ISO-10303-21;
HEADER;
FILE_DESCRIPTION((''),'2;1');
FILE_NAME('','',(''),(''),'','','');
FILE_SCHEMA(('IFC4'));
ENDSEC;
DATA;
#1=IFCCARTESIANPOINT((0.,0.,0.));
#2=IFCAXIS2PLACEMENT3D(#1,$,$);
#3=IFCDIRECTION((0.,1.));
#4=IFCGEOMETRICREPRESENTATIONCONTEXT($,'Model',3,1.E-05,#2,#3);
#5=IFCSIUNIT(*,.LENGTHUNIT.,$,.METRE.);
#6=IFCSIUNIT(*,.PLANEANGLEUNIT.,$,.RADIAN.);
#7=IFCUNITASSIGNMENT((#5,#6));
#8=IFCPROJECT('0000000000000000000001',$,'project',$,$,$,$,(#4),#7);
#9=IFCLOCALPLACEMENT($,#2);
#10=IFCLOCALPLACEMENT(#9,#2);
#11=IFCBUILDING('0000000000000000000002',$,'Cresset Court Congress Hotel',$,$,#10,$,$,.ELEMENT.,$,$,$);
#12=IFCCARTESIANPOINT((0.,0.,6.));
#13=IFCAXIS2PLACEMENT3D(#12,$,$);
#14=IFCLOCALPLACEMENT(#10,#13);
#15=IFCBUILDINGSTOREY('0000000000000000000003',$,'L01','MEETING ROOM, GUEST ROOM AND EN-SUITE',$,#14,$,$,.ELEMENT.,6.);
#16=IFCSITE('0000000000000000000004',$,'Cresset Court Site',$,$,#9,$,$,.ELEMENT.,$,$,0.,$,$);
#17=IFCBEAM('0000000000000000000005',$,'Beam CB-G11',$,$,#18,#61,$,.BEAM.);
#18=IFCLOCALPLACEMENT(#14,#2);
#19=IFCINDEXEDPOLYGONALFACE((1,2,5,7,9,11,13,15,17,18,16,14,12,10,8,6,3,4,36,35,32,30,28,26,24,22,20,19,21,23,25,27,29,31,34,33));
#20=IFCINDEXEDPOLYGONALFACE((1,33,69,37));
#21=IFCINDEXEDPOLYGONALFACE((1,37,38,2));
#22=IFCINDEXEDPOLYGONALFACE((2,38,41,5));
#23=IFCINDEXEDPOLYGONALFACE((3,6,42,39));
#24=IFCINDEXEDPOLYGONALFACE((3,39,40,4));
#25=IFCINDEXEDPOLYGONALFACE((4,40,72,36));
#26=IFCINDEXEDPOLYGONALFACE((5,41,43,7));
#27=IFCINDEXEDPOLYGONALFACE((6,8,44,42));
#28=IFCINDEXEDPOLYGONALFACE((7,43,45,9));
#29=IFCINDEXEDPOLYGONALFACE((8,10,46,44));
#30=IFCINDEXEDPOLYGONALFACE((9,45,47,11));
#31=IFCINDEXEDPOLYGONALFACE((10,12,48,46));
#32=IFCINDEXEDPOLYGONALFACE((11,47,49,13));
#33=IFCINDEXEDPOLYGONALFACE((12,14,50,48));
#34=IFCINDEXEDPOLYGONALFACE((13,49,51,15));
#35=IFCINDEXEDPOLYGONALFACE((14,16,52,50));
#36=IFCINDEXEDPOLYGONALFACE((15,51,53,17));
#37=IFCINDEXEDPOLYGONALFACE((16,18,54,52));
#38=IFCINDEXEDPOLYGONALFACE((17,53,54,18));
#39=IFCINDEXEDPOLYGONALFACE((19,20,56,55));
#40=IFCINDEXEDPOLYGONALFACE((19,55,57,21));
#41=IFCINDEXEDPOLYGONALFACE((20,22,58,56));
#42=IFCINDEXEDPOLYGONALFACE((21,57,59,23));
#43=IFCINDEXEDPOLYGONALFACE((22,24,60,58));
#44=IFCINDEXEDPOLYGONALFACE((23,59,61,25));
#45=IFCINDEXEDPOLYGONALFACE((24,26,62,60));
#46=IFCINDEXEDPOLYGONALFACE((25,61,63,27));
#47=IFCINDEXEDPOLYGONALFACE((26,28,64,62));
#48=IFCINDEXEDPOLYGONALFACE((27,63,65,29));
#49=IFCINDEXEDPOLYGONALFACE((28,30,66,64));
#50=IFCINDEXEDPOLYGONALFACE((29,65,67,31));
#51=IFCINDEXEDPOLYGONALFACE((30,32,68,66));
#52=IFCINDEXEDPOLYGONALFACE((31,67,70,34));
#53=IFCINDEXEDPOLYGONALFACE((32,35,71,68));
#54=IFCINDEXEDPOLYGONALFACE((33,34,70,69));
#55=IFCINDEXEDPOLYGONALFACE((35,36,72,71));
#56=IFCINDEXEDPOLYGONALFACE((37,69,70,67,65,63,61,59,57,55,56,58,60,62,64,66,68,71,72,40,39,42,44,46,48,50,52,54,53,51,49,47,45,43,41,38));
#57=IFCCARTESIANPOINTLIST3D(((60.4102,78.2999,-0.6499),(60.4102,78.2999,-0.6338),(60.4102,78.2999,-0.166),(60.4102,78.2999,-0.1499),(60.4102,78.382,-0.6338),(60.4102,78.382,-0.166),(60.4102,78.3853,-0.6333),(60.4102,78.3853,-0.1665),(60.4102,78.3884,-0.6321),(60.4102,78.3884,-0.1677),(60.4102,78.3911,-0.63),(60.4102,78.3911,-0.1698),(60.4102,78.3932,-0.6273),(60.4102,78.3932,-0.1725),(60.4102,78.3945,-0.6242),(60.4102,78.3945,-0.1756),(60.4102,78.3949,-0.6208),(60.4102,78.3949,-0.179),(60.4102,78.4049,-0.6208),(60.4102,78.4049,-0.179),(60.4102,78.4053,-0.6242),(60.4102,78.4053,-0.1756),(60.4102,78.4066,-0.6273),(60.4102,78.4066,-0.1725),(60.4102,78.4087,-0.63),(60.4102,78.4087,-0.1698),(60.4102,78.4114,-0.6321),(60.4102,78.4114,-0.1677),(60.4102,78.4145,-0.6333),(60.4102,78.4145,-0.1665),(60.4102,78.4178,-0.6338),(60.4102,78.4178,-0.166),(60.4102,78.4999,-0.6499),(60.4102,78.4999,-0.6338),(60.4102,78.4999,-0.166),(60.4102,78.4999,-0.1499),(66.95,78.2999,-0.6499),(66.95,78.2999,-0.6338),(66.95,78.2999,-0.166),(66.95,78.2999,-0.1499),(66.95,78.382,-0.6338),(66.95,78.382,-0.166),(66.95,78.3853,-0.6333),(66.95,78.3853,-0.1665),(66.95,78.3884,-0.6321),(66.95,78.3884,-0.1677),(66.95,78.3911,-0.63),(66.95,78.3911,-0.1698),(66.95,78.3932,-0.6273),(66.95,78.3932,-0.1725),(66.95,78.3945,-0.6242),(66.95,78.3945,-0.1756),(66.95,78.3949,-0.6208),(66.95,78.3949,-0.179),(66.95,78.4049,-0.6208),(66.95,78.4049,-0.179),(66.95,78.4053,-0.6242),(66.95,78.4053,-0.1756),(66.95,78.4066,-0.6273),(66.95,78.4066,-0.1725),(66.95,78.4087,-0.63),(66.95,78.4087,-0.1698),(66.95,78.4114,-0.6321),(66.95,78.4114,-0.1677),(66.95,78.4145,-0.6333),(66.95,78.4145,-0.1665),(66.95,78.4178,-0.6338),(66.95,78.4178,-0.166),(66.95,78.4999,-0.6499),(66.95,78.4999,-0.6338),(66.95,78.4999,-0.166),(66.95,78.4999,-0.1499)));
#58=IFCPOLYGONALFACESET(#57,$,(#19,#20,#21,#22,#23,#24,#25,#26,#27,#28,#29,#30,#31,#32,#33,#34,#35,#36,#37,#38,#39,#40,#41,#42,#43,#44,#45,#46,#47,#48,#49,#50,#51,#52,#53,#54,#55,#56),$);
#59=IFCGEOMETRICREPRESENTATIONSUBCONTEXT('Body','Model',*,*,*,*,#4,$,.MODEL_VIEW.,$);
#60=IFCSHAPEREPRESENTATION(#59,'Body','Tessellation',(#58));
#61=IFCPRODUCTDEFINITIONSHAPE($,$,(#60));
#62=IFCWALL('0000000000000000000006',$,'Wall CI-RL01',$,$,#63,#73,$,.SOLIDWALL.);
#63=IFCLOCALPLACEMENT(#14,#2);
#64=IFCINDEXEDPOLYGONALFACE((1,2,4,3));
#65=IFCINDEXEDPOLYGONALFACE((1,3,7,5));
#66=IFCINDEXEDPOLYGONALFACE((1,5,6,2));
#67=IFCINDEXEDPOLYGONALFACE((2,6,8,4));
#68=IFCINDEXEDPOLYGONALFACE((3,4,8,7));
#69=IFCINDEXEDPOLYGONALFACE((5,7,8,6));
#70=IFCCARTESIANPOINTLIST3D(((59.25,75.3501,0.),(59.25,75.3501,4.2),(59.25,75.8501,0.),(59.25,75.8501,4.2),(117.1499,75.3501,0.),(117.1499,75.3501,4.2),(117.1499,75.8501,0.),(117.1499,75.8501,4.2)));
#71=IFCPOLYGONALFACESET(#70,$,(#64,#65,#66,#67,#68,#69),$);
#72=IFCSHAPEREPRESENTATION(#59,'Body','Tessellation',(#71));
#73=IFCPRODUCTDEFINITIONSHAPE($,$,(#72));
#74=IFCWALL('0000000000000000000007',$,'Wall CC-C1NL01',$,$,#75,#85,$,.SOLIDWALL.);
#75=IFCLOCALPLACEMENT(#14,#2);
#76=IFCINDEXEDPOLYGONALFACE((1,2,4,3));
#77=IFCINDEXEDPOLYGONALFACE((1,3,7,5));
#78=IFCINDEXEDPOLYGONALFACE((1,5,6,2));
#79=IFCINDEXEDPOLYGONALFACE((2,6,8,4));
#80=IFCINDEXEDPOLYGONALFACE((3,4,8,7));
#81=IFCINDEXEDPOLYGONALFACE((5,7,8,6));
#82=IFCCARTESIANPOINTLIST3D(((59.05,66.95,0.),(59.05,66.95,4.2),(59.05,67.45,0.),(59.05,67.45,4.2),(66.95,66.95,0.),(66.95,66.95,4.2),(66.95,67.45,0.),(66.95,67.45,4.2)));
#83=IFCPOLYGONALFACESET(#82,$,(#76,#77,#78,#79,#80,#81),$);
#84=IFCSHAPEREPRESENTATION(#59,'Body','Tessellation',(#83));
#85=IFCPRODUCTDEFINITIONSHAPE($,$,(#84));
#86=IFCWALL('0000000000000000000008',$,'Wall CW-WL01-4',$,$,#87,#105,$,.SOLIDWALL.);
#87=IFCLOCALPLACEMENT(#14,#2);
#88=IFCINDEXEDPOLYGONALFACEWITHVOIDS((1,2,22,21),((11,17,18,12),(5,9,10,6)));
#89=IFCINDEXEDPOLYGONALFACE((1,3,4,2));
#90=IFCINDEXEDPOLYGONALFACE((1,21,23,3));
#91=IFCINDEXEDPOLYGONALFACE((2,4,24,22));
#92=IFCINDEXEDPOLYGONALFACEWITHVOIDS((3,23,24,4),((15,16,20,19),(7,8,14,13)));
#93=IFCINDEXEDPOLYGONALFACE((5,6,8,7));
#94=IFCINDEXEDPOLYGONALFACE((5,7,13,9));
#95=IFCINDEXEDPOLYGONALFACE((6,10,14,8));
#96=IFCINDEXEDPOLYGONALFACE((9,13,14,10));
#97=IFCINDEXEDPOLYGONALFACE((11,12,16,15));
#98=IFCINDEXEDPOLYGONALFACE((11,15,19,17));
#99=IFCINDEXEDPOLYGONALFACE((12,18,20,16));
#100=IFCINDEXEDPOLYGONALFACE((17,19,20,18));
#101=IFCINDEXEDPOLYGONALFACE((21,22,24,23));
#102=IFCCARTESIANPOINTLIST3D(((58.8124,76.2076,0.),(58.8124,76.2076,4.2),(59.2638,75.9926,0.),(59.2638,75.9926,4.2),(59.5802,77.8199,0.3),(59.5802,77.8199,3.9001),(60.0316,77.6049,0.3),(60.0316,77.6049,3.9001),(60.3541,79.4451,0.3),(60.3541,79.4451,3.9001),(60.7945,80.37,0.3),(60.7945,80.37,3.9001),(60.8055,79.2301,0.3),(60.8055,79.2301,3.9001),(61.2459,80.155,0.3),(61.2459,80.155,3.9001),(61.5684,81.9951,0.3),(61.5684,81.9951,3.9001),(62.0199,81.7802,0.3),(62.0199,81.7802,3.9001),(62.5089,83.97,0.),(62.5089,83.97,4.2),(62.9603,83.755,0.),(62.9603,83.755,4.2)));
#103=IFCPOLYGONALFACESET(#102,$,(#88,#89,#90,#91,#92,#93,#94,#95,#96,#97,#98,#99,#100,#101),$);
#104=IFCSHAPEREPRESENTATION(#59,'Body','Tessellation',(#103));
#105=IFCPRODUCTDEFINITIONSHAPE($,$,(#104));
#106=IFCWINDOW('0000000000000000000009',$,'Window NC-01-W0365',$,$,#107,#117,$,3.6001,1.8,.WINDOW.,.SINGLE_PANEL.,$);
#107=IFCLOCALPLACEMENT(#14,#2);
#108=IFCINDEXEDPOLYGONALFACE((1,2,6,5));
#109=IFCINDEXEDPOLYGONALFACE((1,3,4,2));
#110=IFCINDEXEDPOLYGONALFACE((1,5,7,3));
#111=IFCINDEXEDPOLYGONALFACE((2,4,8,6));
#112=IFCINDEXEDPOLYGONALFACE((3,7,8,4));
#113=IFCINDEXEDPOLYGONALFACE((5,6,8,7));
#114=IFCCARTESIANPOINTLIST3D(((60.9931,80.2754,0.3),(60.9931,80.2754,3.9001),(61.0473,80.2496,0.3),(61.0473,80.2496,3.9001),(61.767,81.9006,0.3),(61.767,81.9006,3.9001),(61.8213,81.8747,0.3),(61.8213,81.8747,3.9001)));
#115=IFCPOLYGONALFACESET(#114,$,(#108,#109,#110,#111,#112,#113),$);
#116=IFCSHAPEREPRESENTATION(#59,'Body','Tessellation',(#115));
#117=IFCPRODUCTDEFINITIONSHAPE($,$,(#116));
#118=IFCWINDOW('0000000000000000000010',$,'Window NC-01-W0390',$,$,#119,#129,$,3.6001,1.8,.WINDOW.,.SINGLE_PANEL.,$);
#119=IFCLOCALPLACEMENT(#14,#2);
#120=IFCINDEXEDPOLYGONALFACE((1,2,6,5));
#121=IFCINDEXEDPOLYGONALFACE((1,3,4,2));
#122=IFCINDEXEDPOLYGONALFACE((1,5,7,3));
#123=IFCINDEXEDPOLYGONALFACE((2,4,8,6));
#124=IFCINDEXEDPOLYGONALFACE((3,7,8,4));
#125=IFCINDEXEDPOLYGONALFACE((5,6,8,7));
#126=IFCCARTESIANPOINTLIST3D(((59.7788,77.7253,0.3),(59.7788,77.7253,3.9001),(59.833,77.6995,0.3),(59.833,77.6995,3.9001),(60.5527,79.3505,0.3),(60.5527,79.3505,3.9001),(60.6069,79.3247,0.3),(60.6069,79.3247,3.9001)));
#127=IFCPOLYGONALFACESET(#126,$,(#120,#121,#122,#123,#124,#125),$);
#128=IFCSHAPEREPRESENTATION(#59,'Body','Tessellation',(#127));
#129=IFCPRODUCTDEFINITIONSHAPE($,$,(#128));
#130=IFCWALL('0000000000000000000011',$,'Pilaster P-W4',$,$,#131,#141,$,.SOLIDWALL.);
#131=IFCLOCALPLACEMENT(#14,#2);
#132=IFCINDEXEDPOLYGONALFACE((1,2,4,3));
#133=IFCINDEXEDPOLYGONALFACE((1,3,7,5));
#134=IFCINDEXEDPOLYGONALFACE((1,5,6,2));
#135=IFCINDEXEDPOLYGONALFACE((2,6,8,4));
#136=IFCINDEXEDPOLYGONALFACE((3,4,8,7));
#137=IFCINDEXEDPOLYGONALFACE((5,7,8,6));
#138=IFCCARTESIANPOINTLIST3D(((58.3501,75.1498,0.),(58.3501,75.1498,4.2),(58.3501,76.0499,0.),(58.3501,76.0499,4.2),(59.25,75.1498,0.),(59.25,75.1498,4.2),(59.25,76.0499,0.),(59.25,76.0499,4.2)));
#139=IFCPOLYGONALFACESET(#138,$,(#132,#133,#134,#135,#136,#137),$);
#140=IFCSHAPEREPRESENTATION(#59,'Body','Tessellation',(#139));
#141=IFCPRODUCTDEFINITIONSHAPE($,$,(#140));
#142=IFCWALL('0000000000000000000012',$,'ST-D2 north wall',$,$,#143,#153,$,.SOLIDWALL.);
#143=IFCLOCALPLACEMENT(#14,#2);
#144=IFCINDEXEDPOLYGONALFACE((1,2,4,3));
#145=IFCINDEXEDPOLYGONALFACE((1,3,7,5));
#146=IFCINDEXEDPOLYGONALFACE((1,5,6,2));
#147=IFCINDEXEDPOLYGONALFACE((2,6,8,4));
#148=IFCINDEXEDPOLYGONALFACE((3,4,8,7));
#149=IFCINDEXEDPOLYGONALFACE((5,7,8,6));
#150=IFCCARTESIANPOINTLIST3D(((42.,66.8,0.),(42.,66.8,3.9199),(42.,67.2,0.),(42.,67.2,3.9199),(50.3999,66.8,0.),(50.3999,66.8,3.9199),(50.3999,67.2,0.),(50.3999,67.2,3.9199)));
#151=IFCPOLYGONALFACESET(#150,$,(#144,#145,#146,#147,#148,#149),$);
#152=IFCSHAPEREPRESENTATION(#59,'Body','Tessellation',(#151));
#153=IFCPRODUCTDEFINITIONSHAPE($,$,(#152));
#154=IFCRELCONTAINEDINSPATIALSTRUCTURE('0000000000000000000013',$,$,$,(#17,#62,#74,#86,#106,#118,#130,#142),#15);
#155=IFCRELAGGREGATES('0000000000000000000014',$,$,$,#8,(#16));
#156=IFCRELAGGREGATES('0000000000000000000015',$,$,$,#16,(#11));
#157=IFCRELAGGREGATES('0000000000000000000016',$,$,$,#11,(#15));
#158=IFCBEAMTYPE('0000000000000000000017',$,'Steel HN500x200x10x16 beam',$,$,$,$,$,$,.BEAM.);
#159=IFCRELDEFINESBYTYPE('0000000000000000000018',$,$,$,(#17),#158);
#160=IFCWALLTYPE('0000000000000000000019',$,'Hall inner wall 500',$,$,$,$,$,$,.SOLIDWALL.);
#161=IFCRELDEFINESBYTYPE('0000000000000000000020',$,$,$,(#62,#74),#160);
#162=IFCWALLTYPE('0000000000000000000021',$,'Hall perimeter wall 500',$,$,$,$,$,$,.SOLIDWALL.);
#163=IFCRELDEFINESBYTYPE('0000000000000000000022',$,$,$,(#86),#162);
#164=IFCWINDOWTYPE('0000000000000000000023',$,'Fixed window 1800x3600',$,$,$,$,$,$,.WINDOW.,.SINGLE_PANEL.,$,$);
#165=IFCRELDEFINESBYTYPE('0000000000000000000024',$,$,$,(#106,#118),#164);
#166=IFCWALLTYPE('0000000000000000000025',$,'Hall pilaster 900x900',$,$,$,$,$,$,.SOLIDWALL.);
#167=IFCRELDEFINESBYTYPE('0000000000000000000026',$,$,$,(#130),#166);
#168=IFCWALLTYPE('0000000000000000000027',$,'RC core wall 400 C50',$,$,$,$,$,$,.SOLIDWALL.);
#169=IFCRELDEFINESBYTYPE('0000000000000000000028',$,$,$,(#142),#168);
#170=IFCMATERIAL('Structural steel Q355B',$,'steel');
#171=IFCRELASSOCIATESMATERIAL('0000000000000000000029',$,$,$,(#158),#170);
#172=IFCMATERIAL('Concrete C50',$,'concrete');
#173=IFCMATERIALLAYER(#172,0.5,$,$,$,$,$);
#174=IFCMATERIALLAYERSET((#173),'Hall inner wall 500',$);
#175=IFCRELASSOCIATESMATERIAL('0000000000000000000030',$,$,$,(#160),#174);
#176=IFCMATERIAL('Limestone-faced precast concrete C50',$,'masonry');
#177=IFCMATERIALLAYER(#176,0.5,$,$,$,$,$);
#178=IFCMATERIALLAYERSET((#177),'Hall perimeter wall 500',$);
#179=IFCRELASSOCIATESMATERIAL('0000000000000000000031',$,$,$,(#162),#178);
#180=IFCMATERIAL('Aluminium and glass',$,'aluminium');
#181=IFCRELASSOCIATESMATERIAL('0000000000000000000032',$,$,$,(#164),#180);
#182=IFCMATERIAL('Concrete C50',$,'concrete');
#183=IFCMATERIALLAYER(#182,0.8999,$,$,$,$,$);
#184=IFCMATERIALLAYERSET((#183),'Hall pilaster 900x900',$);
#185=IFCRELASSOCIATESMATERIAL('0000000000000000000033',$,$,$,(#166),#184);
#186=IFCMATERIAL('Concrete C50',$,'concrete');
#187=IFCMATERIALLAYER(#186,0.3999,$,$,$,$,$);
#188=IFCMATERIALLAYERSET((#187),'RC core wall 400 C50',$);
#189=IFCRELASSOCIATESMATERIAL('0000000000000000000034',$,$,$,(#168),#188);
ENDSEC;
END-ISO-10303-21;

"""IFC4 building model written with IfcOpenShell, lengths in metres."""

from ifc_helpers import new_model, si_unit, direction, frame, frame_2d, origin, origin_2d, place, context, subcontext, project, spatial, rectangle, i_section, extrude, material, layer, layer_set, material_profile, profile_set, type_object, element, fill, save


model = new_model("IFC4")

# Units and contexts
model_context = context("Model", 3, precision=1e-05, world=origin(), true_north=direction((0.0, 1.0)))
body_context = subcontext(model_context, "Body", "Model", "MODEL_VIEW")
ifc_project = project(units=[si_unit("LENGTHUNIT", "METRE"), si_unit("PLANEANGLEUNIT", "RADIAN")], contexts=[model_context])

# Site, building, storey
site_placement = place(None, origin())
site = spatial("IfcSite", under=ifc_project, at=site_placement, Name="Cresset Court Site", CompositionType="ELEMENT", RefElevation=0.0)
building_placement = place(site_placement, origin())
building = spatial("IfcBuilding", under=site, at=building_placement, Name="Cresset Court Congress Hotel", CompositionType="ELEMENT")
storey_placement = place(building_placement, frame((0.0, 0.0, 6.0)))
storey = spatial("IfcBuildingStorey", under=building, at=storey_placement, Name="L01", Description="MEETING ROOM, GUEST ROOM AND EN-SUITE", CompositionType="ELEMENT", Elevation=6.0)

# Beam
ifc_material_1 = material(Name="Structural steel Q355B", Category="steel")
ifc_material_profile = material_profile(ifc_material_1, i_section(OverallWidth=0.2, OverallDepth=0.5, WebThickness=0.01, FlangeThickness=0.0161, FilletRadius=0.0129, at=origin_2d()), Name="HN500x200x10x16")
ifc_profile_set = profile_set([ifc_material_profile], Name="Structural steel Q355B")
beam_type = type_object("IfcBeamType", Name="Steel HN500x200x10x16 beam", PredefinedType="BEAM", material=ifc_profile_set)
beam_placement = place(storey_placement, frame((60.4102, 78.3999, -0.3999), z_axis=(1.0, 0.0, 0.0), x_axis=(0.0, 1.0, 0.0)))
element("IfcBeam", 1, at=beam_placement, inside=storey, type_object=beam_type, Name="Beam CB-G11", PredefinedType="BEAM", context=body_context, shape_type="SweptSolid", body=[
    extrude(i_section(OverallWidth=0.2, OverallDepth=0.5, WebThickness=0.01, FlangeThickness=0.0161, FilletRadius=0.0129, at=origin_2d()), origin(), (0.0, 0.0, 1.0), 6.5398),
])

# Walls
ifc_material_2 = material(Name="Concrete C50", Category="concrete")
ifc_layer_1 = layer(ifc_material_2, 0.5)
ifc_layer_set_1 = layer_set([ifc_layer_1], Name="Hall inner wall 500")
wall_type_1 = type_object("IfcWallType", Name="Hall inner wall 500", PredefinedType="SOLIDWALL", material=ifc_layer_set_1)
wall_1_placement = place(storey_placement, frame((59.25, 75.6001, 0.0), z_axis=(0.0, 0.0, 1.0), x_axis=(1.0, 0.0, 0.0)))
element("IfcWall", 2, at=wall_1_placement, inside=storey, type_object=wall_type_1, Name="Wall CI-RL01", PredefinedType="SOLIDWALL", context=body_context, shape_type="SweptSolid", body=[
    extrude(rectangle(XDim=57.8999, YDim=0.5, at=frame_2d((28.95, 0.0))), origin(), (0.0, 0.0, 1.0), 4.2),
])
wall_2_placement = place(storey_placement, frame((59.05, 67.2, 0.0), z_axis=(0.0, 0.0, 1.0), x_axis=(1.0, 0.0, 0.0)))
element("IfcWall", 3, at=wall_2_placement, inside=storey, type_object=wall_type_1, Name="Wall CC-C1NL01", PredefinedType="SOLIDWALL", context=body_context, shape_type="SweptSolid", body=[
    extrude(rectangle(XDim=7.8999, YDim=0.5, at=frame_2d((3.95, 0.0))), origin(), (0.0, 0.0, 1.0), 4.2),
])

# Wall, openings, windows
ifc_material_3 = material(Name="Limestone-faced precast concrete C50", Category="masonry")
ifc_layer_2 = layer(ifc_material_3, 0.5)
ifc_layer_set_2 = layer_set([ifc_layer_2], Name="Hall perimeter wall 500")
wall_type_2 = type_object("IfcWallType", Name="Hall perimeter wall 500", PredefinedType="SOLIDWALL", material=ifc_layer_set_2)
wall_3_placement = place(storey_placement, frame((59.0381, 76.1001, 0.0), z_axis=(0.0, 0.0, 1.0), x_axis=(0.429946, 0.902855, 0.0)))
wall_3 = element("IfcWall", 4, at=wall_3_placement, inside=storey, type_object=wall_type_2, Name="Wall CW-WL01-4", PredefinedType="SOLIDWALL", context=body_context, shape_type="SweptSolid", body=[
    extrude(rectangle(XDim=8.5977, YDim=0.5, at=frame_2d((4.2988, 0.0))), origin(), (0.0, 0.0, 1.0), 4.2),
])
opening_1_placement = place(wall_3_placement, frame((4.6104, 0.0, 0.3)))
opening_1 = element("IfcOpeningElement", 5, at=opening_1_placement, cuts=wall_3, PredefinedType="OPENING", context=body_context, shape_type="SweptSolid", body=[
    extrude(rectangle(XDim=1.8, YDim=3.6001, at=frame_2d((0.8999, 1.8))), frame((0.0, 0.26, 0.0), z_axis=(0.0, -1.0, 0.0), x_axis=(1.0, 0.0, 0.0)), (0.0, 0.0, 1.0), 0.52),
])
opening_2_placement = place(wall_3_placement, frame((1.7859, 0.0, 0.3)))
opening_2 = element("IfcOpeningElement", 6, at=opening_2_placement, cuts=wall_3, PredefinedType="OPENING", context=body_context, shape_type="SweptSolid", body=[
    extrude(rectangle(XDim=1.8, YDim=3.6001, at=frame_2d((0.8999, 1.8))), frame((0.0, 0.26, 0.0), z_axis=(0.0, -1.0, 0.0), x_axis=(1.0, 0.0, 0.0)), (0.0, 0.0, 1.0), 0.52),
])
ifc_material_4 = material(Name="Aluminium and glass", Category="aluminium")
window_type = type_object("IfcWindowType", Name="Fixed window 1800x3600", PartitioningType="SINGLE_PANEL", PredefinedType="WINDOW", material=ifc_material_4)
window_1_placement = place(opening_1_placement, origin())
window_1 = element("IfcWindow", 7, at=window_1_placement, inside=storey, type_object=window_type, Name="Window NC-01-W0365", OverallHeight=3.6001, OverallWidth=1.8, PartitioningType="SINGLE_PANEL", PredefinedType="WINDOW", context=body_context, shape_type="SweptSolid", body=[
    extrude(rectangle(XDim=1.8, YDim=3.6001, at=frame_2d((0.8999, 1.8))), frame((0.0, 0.03, 0.0), z_axis=(0.0, -1.0, 0.0), x_axis=(1.0, 0.0, 0.0)), (0.0, 0.0, 1.0), 0.0601),
])
fill(opening_1, window_1)
window_2_placement = place(opening_2_placement, origin())
window_2 = element("IfcWindow", 8, at=window_2_placement, inside=storey, type_object=window_type, Name="Window NC-01-W0390", OverallHeight=3.6001, OverallWidth=1.8, PartitioningType="SINGLE_PANEL", PredefinedType="WINDOW", context=body_context, shape_type="SweptSolid", body=[
    extrude(rectangle(XDim=1.8, YDim=3.6001, at=frame_2d((0.8999, 1.8))), frame((0.0, 0.03, 0.0), z_axis=(0.0, -1.0, 0.0), x_axis=(1.0, 0.0, 0.0)), (0.0, 0.0, 1.0), 0.0601),
])
fill(opening_2, window_2)

# Walls
ifc_material_5 = material(Name="Concrete C50", Category="concrete")
ifc_layer_3 = layer(ifc_material_5, 0.8999)
ifc_layer_set_3 = layer_set([ifc_layer_3], Name="Hall pilaster 900x900")
wall_type_3 = type_object("IfcWallType", Name="Hall pilaster 900x900", PredefinedType="SOLIDWALL", material=ifc_layer_set_3)
wall_4_placement = place(storey_placement, frame((58.8, 76.05, 0.0), z_axis=(0.0, 0.0, 1.0), x_axis=(0.0, -1.0, 0.0)))
element("IfcWall", 9, at=wall_4_placement, inside=storey, type_object=wall_type_3, Name="Pilaster P-W4", PredefinedType="SOLIDWALL", context=body_context, shape_type="SweptSolid", body=[
    extrude(rectangle(XDim=0.9001, YDim=0.8999, at=frame_2d((0.4502, 0.0))), origin(), (0.0, 0.0, 1.0), 4.2),
])
ifc_material_6 = material(Name="Concrete C50", Category="concrete")
ifc_layer_4 = layer(ifc_material_6, 0.3999)
ifc_layer_set_4 = layer_set([ifc_layer_4], Name="RC core wall 400 C50")
wall_type_4 = type_object("IfcWallType", Name="RC core wall 400 C50", PredefinedType="SOLIDWALL", material=ifc_layer_set_4)
wall_5_placement = place(storey_placement, frame((42.0, 67.0, 0.0), z_axis=(0.0, 0.0, 1.0), x_axis=(1.0, 0.0, 0.0)))
element("IfcWall", 10, at=wall_5_placement, inside=storey, type_object=wall_type_4, Name="ST-D2 north wall", PredefinedType="SOLIDWALL", context=body_context, shape_type="SweptSolid", body=[
    extrude(rectangle(XDim=8.3999, YDim=0.3999, at=frame_2d((4.2, 0.0))), origin(), (0.0, 0.0, 1.0), 3.9199),
])

save(model, "model.ifc")
